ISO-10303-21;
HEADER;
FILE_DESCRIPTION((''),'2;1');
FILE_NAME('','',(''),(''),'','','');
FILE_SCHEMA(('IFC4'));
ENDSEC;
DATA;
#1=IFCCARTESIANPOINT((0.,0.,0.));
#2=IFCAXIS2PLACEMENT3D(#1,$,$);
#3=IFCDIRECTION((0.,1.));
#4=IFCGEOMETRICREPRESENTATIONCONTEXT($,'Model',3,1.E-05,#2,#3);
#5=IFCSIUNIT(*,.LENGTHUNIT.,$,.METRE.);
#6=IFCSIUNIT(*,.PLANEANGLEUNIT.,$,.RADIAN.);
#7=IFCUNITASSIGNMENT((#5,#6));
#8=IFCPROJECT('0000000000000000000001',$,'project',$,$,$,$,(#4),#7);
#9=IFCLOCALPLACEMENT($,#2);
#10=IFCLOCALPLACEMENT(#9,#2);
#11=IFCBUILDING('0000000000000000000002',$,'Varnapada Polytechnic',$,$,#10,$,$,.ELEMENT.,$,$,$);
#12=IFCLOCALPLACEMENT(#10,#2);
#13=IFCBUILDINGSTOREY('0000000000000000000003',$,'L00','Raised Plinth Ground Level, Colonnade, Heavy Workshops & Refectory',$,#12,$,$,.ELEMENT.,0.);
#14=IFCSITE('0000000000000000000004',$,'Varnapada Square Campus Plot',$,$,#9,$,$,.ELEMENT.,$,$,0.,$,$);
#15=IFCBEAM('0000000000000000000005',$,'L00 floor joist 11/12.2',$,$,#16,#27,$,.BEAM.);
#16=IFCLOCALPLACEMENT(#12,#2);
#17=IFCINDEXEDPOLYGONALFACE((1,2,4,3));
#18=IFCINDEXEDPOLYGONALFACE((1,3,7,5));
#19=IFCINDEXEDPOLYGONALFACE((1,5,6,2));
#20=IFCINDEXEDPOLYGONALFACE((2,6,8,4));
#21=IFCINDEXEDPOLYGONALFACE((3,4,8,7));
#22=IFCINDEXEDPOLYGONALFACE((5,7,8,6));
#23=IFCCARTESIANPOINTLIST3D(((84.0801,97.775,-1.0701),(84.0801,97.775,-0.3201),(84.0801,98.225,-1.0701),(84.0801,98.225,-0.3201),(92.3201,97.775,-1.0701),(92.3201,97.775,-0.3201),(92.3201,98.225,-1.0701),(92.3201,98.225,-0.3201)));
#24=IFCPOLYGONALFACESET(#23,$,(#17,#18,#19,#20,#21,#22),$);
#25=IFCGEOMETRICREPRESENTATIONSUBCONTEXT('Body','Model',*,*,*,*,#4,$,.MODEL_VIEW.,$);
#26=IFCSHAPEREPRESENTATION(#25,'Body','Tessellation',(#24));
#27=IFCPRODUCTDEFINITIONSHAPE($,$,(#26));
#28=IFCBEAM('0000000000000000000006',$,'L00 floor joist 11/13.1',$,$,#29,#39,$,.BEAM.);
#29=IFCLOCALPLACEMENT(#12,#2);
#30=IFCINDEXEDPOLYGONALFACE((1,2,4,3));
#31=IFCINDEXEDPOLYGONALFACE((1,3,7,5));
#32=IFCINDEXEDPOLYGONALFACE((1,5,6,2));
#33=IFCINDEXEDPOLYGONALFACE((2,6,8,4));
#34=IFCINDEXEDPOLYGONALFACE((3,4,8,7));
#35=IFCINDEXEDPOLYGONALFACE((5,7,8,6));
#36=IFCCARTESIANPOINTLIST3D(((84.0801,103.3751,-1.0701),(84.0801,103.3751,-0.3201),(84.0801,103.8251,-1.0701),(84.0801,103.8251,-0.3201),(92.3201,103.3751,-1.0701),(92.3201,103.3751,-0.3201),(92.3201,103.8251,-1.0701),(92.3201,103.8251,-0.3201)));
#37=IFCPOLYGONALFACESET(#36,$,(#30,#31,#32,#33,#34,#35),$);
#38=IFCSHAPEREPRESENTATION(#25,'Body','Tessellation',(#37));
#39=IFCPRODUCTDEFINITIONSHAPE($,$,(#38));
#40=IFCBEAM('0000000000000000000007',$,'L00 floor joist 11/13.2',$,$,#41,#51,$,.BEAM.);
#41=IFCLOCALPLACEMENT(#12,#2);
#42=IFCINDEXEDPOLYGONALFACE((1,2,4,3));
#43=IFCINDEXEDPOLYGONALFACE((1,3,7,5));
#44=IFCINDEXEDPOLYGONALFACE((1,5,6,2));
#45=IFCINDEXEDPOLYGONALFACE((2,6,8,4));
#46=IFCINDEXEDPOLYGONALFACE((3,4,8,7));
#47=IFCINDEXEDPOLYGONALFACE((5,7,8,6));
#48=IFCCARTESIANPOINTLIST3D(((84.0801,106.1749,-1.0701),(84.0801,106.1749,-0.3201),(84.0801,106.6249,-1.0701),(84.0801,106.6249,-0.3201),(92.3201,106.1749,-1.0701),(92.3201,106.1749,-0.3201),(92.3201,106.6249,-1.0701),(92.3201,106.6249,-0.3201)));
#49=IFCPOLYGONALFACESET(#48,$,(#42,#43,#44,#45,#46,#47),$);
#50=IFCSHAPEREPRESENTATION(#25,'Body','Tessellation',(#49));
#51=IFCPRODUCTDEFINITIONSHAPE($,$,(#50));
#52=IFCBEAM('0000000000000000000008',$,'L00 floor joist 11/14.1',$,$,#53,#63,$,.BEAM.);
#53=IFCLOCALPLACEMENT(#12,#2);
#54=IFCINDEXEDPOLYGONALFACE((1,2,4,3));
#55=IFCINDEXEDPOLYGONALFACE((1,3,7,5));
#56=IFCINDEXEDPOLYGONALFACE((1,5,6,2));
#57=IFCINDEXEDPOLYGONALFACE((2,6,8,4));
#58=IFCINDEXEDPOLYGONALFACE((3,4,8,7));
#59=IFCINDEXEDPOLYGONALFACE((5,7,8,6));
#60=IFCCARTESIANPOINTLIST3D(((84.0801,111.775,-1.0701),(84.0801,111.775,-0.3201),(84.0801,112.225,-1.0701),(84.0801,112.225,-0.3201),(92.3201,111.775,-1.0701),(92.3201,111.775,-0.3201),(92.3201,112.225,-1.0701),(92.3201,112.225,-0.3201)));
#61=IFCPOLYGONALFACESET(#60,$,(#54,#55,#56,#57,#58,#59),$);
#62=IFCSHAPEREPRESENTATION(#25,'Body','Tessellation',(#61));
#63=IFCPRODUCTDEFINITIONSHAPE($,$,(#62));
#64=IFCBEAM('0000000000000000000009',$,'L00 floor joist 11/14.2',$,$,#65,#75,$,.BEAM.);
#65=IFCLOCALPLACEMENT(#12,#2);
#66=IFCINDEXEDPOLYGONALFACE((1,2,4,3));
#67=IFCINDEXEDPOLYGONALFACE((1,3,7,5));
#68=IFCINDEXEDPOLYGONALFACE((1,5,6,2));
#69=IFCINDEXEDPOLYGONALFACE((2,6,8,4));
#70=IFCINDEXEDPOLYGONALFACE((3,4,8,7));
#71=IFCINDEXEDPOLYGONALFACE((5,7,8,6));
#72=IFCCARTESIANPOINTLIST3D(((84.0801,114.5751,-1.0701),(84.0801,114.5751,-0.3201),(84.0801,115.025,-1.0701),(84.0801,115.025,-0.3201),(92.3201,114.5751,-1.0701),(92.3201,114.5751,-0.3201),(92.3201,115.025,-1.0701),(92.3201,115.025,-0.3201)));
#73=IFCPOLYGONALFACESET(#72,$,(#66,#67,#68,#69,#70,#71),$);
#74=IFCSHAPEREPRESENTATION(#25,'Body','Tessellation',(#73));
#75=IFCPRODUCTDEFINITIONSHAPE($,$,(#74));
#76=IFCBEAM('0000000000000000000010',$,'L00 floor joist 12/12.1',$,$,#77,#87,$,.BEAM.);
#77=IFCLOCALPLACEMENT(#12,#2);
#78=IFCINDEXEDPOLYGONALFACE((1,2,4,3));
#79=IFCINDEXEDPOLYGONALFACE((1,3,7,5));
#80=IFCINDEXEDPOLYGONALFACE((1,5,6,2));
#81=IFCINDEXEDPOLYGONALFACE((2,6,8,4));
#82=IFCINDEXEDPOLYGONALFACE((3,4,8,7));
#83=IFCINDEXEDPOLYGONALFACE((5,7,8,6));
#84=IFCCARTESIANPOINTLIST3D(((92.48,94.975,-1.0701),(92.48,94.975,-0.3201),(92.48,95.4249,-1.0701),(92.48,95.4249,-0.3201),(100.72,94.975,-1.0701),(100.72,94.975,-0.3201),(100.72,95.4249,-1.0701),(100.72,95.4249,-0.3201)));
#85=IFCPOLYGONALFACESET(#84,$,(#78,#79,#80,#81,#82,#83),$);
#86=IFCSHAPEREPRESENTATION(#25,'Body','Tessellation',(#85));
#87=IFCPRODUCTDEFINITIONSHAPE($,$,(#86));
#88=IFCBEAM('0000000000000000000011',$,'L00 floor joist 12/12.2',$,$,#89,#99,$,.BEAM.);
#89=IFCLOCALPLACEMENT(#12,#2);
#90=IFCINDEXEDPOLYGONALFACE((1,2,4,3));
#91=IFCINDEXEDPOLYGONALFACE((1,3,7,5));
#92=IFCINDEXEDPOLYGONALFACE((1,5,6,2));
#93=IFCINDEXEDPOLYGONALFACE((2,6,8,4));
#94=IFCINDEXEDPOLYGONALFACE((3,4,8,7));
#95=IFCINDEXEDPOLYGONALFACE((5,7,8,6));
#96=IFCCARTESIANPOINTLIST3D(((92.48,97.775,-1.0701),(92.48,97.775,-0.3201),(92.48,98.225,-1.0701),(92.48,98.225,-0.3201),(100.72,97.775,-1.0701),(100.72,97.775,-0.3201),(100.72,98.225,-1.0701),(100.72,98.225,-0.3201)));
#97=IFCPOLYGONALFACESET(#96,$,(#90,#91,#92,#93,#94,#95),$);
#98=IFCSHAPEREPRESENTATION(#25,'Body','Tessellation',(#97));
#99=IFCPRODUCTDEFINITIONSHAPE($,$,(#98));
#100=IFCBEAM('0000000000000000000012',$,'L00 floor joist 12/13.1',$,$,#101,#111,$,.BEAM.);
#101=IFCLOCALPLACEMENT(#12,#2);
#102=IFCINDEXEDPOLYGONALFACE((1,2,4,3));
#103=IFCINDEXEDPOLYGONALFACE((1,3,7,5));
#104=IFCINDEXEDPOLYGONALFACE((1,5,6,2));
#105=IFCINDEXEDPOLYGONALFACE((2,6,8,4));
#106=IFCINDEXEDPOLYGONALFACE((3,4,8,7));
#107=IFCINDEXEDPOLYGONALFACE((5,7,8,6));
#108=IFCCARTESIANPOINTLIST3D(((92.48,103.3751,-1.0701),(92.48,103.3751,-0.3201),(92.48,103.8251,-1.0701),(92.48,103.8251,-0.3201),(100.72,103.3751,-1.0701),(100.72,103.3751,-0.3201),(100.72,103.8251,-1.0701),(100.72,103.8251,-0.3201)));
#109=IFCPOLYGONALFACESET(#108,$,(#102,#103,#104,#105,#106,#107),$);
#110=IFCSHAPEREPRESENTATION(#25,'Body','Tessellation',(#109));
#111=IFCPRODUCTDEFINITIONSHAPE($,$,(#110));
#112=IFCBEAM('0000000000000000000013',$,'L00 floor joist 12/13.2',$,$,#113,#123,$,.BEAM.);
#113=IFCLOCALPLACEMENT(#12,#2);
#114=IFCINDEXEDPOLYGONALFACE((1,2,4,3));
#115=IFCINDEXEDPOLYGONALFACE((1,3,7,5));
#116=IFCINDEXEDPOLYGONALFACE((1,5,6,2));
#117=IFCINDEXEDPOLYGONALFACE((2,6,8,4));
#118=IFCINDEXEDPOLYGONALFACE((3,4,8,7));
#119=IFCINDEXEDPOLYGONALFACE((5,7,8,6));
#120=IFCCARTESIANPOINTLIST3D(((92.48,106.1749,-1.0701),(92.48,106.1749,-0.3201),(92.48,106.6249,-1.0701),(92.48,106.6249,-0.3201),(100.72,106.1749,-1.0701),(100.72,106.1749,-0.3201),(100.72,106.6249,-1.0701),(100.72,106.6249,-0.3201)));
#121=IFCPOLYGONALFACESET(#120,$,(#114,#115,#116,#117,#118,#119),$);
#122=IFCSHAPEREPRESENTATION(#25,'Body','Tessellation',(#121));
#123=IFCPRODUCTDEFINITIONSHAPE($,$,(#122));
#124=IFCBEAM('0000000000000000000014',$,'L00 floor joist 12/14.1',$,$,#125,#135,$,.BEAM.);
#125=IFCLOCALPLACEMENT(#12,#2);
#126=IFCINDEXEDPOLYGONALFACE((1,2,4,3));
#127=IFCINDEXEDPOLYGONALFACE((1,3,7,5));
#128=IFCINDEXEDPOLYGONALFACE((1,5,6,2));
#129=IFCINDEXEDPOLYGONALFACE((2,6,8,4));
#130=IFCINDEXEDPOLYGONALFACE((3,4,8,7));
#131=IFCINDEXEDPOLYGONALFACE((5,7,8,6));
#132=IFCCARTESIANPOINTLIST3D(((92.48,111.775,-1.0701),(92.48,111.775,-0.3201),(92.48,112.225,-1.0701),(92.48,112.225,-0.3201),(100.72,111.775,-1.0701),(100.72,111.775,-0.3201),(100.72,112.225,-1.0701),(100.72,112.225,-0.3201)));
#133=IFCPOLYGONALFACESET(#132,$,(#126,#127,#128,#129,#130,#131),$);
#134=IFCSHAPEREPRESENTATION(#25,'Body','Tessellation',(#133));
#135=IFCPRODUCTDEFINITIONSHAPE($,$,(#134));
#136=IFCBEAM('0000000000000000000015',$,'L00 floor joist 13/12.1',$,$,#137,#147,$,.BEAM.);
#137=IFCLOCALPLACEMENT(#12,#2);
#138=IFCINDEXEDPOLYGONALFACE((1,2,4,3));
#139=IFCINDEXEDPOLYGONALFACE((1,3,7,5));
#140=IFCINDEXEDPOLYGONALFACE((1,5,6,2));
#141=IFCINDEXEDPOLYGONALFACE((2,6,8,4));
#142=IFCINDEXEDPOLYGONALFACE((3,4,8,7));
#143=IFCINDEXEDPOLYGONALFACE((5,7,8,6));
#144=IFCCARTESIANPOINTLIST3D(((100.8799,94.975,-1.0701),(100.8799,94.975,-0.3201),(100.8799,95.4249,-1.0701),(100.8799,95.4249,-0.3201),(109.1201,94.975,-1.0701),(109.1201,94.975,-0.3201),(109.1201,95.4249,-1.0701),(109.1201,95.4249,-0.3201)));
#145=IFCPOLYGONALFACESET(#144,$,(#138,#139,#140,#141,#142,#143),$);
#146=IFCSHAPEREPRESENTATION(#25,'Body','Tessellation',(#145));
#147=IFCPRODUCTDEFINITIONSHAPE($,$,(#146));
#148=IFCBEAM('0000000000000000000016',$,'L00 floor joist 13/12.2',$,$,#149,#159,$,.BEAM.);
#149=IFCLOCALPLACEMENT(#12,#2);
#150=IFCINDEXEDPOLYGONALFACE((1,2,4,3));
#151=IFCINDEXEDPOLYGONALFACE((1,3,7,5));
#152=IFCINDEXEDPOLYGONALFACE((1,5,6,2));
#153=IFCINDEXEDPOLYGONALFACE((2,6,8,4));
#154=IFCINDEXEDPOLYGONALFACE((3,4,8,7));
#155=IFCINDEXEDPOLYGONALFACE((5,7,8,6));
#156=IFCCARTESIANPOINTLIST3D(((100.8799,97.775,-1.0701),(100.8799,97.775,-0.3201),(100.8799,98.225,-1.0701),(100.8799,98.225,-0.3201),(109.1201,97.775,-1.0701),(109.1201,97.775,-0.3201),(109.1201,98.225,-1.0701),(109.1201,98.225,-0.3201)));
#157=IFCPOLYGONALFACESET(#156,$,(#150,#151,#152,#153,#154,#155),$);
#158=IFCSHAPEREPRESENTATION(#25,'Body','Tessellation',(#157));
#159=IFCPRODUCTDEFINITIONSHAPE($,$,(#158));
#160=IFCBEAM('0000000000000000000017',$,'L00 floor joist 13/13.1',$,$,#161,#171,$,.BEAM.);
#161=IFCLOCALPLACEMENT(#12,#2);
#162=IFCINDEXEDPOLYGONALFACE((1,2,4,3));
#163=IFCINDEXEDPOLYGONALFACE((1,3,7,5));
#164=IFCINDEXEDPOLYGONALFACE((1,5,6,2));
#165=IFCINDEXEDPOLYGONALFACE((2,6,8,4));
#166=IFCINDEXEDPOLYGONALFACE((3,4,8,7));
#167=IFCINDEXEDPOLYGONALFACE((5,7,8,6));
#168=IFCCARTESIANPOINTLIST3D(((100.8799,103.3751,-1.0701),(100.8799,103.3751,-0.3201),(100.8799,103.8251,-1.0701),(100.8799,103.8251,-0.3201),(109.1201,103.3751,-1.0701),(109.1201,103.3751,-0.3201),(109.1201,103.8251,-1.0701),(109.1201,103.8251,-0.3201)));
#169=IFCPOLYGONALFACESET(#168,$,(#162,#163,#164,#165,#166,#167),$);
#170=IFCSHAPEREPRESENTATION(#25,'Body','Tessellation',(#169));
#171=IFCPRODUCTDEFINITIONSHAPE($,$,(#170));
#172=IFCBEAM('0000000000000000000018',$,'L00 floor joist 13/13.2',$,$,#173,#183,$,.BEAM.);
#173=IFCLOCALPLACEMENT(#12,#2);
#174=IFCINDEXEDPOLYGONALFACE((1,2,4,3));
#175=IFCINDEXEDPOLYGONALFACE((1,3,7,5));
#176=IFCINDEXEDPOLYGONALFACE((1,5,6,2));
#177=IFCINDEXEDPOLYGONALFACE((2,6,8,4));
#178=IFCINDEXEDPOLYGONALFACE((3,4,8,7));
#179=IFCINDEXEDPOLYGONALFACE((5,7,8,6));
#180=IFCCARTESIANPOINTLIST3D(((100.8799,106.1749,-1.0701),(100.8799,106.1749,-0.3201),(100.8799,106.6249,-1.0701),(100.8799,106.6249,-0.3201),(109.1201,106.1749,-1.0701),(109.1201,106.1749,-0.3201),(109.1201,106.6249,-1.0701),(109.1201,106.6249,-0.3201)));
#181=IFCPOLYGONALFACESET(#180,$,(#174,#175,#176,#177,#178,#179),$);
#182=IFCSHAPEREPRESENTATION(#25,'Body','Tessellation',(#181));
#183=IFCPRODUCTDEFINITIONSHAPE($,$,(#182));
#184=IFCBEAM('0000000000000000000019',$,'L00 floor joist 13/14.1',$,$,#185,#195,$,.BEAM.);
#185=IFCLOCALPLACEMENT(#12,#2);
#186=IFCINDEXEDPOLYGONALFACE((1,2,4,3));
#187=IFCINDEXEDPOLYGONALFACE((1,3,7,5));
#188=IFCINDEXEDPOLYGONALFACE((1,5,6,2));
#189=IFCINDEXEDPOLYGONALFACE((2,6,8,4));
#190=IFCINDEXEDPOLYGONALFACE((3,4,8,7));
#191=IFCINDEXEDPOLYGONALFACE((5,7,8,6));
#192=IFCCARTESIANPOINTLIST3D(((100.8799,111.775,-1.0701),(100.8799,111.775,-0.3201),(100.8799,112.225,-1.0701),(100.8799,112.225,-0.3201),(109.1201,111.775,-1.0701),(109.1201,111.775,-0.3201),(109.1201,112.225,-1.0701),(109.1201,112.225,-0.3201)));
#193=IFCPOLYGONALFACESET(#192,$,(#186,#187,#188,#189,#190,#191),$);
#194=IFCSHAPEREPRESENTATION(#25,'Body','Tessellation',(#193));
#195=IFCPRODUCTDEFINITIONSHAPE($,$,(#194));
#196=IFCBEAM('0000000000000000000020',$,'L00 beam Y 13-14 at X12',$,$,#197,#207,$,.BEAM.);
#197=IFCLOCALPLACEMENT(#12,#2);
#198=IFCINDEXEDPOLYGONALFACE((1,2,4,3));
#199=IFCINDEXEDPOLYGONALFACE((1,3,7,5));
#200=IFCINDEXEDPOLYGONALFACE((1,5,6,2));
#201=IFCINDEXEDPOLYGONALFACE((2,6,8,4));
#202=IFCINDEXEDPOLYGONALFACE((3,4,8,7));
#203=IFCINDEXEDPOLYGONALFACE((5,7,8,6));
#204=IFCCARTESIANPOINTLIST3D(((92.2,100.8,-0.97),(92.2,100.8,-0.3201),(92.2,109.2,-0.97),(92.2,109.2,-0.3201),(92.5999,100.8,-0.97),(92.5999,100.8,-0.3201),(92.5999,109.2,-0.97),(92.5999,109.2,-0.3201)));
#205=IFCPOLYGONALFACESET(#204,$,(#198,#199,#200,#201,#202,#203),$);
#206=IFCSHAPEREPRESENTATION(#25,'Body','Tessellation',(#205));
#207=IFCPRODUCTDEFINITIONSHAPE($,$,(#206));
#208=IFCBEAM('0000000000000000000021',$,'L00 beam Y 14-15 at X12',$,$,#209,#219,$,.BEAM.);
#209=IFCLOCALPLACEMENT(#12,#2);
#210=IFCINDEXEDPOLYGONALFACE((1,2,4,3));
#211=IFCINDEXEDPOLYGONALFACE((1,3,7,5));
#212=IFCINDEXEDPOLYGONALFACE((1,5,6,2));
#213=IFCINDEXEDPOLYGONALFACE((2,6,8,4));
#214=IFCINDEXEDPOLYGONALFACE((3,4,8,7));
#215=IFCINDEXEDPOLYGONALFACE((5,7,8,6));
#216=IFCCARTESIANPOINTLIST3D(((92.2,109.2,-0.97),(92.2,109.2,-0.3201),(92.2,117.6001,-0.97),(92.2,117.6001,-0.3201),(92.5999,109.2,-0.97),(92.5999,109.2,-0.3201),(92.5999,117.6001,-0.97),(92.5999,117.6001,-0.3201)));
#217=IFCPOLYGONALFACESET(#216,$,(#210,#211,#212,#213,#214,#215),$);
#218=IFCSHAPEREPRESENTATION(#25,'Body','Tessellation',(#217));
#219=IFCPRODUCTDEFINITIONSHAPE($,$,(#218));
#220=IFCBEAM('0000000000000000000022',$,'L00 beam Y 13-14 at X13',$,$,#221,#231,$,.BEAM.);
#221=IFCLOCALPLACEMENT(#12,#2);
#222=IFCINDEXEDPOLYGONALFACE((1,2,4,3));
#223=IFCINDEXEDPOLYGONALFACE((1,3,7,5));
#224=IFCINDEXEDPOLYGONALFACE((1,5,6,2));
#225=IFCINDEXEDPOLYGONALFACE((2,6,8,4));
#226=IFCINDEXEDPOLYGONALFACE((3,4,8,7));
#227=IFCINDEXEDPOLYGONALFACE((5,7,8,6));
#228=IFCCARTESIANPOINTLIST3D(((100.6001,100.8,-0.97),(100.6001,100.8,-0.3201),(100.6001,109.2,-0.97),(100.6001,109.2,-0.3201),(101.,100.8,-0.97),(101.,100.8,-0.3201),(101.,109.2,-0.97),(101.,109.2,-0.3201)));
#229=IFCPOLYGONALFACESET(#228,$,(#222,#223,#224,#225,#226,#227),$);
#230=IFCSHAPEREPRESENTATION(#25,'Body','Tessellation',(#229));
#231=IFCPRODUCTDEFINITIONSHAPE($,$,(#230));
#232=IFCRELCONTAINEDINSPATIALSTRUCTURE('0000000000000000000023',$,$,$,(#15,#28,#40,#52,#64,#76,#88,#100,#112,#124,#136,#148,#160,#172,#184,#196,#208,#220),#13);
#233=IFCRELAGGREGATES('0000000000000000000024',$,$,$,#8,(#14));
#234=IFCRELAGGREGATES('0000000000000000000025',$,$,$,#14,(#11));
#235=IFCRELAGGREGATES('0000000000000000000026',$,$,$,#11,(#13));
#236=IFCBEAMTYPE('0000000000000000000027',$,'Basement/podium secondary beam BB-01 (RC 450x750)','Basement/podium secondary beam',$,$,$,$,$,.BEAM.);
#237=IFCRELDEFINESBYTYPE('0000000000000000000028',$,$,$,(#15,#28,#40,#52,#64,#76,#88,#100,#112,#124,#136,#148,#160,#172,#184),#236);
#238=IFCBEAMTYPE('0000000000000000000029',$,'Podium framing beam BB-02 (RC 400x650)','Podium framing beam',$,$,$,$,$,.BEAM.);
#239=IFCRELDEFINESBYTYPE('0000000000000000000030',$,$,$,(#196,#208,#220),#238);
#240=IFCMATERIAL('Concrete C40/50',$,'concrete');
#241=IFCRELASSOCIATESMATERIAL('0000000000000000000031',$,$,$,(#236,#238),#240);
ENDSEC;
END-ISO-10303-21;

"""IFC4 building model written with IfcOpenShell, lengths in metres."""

from ifc_helpers import new_model, si_unit, direction, frame, origin, origin_2d, place, context, subcontext, project, spatial, rectangle, extrude, material, material_profile, profile_set, type_object, element, save


model = new_model("IFC4")

# Units and contexts
model_context = context("Model", 3, precision=1e-05, world=origin(), true_north=direction((0.0, 1.0)))
body_context = subcontext(model_context, "Body", "Model", "MODEL_VIEW")
ifc_project = project(units=[si_unit("LENGTHUNIT", "METRE"), si_unit("PLANEANGLEUNIT", "RADIAN")], contexts=[model_context])

# Site, building, storey
site_placement = place(None, origin())
site = spatial("IfcSite", under=ifc_project, at=site_placement, Name="Varnapada Square Campus Plot", CompositionType="ELEMENT", RefElevation=0.0)
building_placement = place(site_placement, origin())
building = spatial("IfcBuilding", under=site, at=building_placement, Name="Varnapada Polytechnic", CompositionType="ELEMENT")
storey_placement = place(building_placement, origin())
storey = spatial("IfcBuildingStorey", under=building, at=storey_placement, Name="L00", Description="Raised Plinth Ground Level, Colonnade, Heavy Workshops & Refectory", CompositionType="ELEMENT", Elevation=0.0)

# Beams
ifc_material = material(Name="Concrete C40/50", Category="concrete")
ifc_material_profile_1 = material_profile(ifc_material, rectangle(XDim=0.45, YDim=0.75, at=origin_2d()), Name="RC 450x750")
ifc_profile_set_1 = profile_set([ifc_material_profile_1], Name="Concrete C40/50")
beam_type_1 = type_object("IfcBeamType", Name="Basement/podium secondary beam BB-01 (RC 450x750)", Description="Basement/podium secondary beam", PredefinedType="BEAM", material=ifc_profile_set_1)
for number, where, z_axis, x_axis, name in (
    (1, (84.0801, 98.0, -0.6951), (1.0, 0.0, 0.0), (0.0, 1.0, 0.0), "L00 floor joist 11/12.2"),
    (2, (84.0801, 103.6001, -0.6951), (1.0, 0.0, 0.0), (0.0, 1.0, 0.0), "L00 floor joist 11/13.1"),
    (3, (84.0801, 106.3999, -0.6951), (1.0, 0.0, 0.0), (0.0, 1.0, 0.0), "L00 floor joist 11/13.2"),
    (4, (84.0801, 112.0, -0.6951), (1.0, 0.0, 0.0), (0.0, 1.0, 0.0), "L00 floor joist 11/14.1"),
    (5, (84.0801, 114.8, -0.6951), (1.0, 0.0, 0.0), (0.0, 1.0, 0.0), "L00 floor joist 11/14.2"),
    (6, (92.48, 95.2, -0.6951), (1.0, 0.0, 0.0), (0.0, 1.0, 0.0), "L00 floor joist 12/12.1"),
    (7, (92.48, 98.0, -0.6951), (1.0, 0.0, 0.0), (0.0, 1.0, 0.0), "L00 floor joist 12/12.2"),
    (8, (92.48, 103.6001, -0.6951), (1.0, 0.0, 0.0), (0.0, 1.0, 0.0), "L00 floor joist 12/13.1"),
    (9, (92.48, 106.3999, -0.6951), (1.0, 0.0, 0.0), (0.0, 1.0, 0.0), "L00 floor joist 12/13.2"),
    (10, (92.48, 112.0, -0.6951), (1.0, 0.0, 0.0), (0.0, 1.0, 0.0), "L00 floor joist 12/14.1"),
):
    element("IfcBeam", number, at=place(storey_placement, frame(where, z_axis=z_axis, x_axis=x_axis)), inside=storey, type_object=beam_type_1, Name=name, PredefinedType="BEAM", context=body_context, shape_type="SweptSolid", body=[
        extrude(rectangle(XDim=0.45, YDim=0.75, at=origin_2d()), origin(), (0.0, 0.0, 1.0), 8.24),
    ])
for number, where, z_axis, x_axis, name in (
    (11, (100.8799, 95.2, -0.6951), (1.0, 0.0, 0.0), (0.0, 1.0, 0.0), "L00 floor joist 13/12.1"),
    (12, (100.8799, 98.0, -0.6951), (1.0, 0.0, 0.0), (0.0, 1.0, 0.0), "L00 floor joist 13/12.2"),
    (13, (100.8799, 103.6001, -0.6951), (1.0, 0.0, 0.0), (0.0, 1.0, 0.0), "L00 floor joist 13/13.1"),
    (14, (100.8799, 106.3999, -0.6951), (1.0, 0.0, 0.0), (0.0, 1.0, 0.0), "L00 floor joist 13/13.2"),
    (15, (100.8799, 112.0, -0.6951), (1.0, 0.0, 0.0), (0.0, 1.0, 0.0), "L00 floor joist 13/14.1"),
):
    element("IfcBeam", number, at=place(storey_placement, frame(where, z_axis=z_axis, x_axis=x_axis)), inside=storey, type_object=beam_type_1, Name=name, PredefinedType="BEAM", context=body_context, shape_type="SweptSolid", body=[
        extrude(rectangle(XDim=0.45, YDim=0.75, at=origin_2d()), origin(), (0.0, 0.0, 1.0), 8.2402),
    ])
ifc_material_profile_2 = material_profile(ifc_material, rectangle(XDim=0.3999, YDim=0.6499, at=origin_2d()), Name="RC 400x650")
ifc_profile_set_2 = profile_set([ifc_material_profile_2], Name="Concrete C40/50")
beam_type_2 = type_object("IfcBeamType", Name="Podium framing beam BB-02 (RC 400x650)", Description="Podium framing beam", PredefinedType="BEAM", material=ifc_profile_set_2)
beam_1_placement = place(storey_placement, frame((92.3999, 100.8, -0.645), z_axis=(0.0, 1.0, 0.0), x_axis=(-1.0, 0.0, 0.0)))
element("IfcBeam", 16, at=beam_1_placement, inside=storey, type_object=beam_type_2, Name="L00 beam Y 13-14 at X12", PredefinedType="BEAM", context=body_context, shape_type="SweptSolid", body=[
    extrude(rectangle(XDim=0.3999, YDim=0.6499, at=origin_2d()), origin(), (0.0, 0.0, 1.0), 8.3999),
])
beam_2_placement = place(storey_placement, frame((92.3999, 109.2, -0.645), z_axis=(0.0, 1.0, 0.0), x_axis=(-1.0, 0.0, 0.0)))
element("IfcBeam", 17, at=beam_2_placement, inside=storey, type_object=beam_type_2, Name="L00 beam Y 14-15 at X12", PredefinedType="BEAM", context=body_context, shape_type="SweptSolid", body=[
    extrude(rectangle(XDim=0.3999, YDim=0.6499, at=origin_2d()), origin(), (0.0, 0.0, 1.0), 8.4001),
])
beam_3_placement = place(storey_placement, frame((100.8, 100.8, -0.645), z_axis=(0.0, 1.0, 0.0), x_axis=(-1.0, 0.0, 0.0)))
element("IfcBeam", 18, at=beam_3_placement, inside=storey, type_object=beam_type_2, Name="L00 beam Y 13-14 at X13", PredefinedType="BEAM", context=body_context, shape_type="SweptSolid", body=[
    extrude(rectangle(XDim=0.3999, YDim=0.6499, at=origin_2d()), origin(), (0.0, 0.0, 1.0), 8.3999),
])

save(model, "model.ifc")
